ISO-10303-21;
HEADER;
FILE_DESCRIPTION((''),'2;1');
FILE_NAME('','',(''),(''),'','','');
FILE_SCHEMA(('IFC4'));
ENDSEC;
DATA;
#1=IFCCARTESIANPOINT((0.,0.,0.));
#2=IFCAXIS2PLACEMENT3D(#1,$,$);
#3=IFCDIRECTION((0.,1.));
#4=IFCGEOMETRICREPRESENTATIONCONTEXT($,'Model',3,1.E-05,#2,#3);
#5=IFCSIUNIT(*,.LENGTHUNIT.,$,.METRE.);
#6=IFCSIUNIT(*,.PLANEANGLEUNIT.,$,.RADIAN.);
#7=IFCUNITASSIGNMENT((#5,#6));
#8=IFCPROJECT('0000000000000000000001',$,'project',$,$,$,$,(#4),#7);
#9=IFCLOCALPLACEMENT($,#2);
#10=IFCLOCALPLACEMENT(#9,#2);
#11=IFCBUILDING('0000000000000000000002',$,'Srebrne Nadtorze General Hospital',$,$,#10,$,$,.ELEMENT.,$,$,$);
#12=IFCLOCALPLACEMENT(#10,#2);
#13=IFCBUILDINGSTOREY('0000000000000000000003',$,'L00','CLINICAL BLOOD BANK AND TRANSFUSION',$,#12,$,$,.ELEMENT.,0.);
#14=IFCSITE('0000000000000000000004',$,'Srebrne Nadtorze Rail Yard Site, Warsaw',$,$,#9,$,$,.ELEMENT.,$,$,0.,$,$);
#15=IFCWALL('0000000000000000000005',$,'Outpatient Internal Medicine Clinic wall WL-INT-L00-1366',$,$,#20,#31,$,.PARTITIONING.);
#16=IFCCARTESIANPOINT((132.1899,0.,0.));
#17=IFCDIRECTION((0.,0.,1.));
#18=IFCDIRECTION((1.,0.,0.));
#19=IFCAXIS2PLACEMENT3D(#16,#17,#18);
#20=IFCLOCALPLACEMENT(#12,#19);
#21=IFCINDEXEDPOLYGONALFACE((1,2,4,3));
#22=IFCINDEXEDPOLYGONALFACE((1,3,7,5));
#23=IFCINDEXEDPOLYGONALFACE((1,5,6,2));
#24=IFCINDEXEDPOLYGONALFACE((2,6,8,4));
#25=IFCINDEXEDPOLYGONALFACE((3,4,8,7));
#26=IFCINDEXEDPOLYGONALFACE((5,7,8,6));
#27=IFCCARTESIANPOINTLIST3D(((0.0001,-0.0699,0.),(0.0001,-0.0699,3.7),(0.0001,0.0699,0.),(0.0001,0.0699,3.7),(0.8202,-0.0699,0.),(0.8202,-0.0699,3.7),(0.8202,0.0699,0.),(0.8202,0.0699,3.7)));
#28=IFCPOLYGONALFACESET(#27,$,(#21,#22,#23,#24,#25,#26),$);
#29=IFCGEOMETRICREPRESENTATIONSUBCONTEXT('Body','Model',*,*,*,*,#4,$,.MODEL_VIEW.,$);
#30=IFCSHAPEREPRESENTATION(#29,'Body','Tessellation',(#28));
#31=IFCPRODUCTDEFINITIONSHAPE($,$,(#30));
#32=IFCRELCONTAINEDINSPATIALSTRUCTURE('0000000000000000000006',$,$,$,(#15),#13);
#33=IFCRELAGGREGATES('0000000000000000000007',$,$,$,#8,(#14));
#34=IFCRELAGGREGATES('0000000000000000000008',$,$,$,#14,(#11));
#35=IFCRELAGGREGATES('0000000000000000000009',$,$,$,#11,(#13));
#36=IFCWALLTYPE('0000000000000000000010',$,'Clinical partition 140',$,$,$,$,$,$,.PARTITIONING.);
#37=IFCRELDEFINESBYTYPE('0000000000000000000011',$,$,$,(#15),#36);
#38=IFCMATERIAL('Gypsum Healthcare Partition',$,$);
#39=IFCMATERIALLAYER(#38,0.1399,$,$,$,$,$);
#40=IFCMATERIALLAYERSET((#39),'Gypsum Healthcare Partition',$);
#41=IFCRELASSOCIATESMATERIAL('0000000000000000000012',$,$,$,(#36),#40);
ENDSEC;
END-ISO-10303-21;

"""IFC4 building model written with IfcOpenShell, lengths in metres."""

from ifc_helpers import new_model, si_unit, direction, frame, frame_2d, origin, place, context, subcontext, project, spatial, rectangle, extrude, material, layer, layer_set, type_object, element, save


model = new_model("IFC4")

# Units and contexts
model_context = context("Model", 3, precision=1e-05, world=origin(), true_north=direction((0.0, 1.0)))
body_context = subcontext(model_context, "Body", "Model", "MODEL_VIEW")
ifc_project = project(units=[si_unit("LENGTHUNIT", "METRE"), si_unit("PLANEANGLEUNIT", "RADIAN")], contexts=[model_context])

# Site, building, storey
site_placement = place(None, origin())
site = spatial("IfcSite", under=ifc_project, at=site_placement, Name="Srebrne Nadtorze Rail Yard Site, Warsaw", CompositionType="ELEMENT", RefElevation=0.0)
building_placement = place(site_placement, origin())
building = spatial("IfcBuilding", under=site, at=building_placement, Name="Srebrne Nadtorze General Hospital", CompositionType="ELEMENT")
storey_placement = place(building_placement, origin())
storey = spatial("IfcBuildingStorey", under=building, at=storey_placement, Name="L00", Description="CLINICAL BLOOD BANK AND TRANSFUSION", CompositionType="ELEMENT", Elevation=0.0)

# Shared definitions
ifc_material_1 = material(Name="Gypsum Healthcare Partition")
ifc_layer_1 = layer(ifc_material_1, 0.1399)
ifc_layer_set_1 = layer_set([ifc_layer_1], Name="Gypsum Healthcare Partition")
wall_type = type_object("IfcWallType", Name="Clinical partition 140", PredefinedType="PARTITIONING", material=ifc_layer_set_1)

# Wall
wall_1_placement = place(storey_placement, frame((132.1899, 0.0, 0.0), z_axis=(0.0, 0.0, 1.0), x_axis=(1.0, 0.0, 0.0)))
element("IfcWall", 1, at=wall_1_placement, inside=storey, type_object=wall_type, Name="Outpatient Internal Medicine Clinic wall WL-INT-L00-1366", PredefinedType="PARTITIONING", context=body_context, shape_type="SweptSolid", body=[
    extrude(rectangle(XDim=0.8201, YDim=0.1399, at=frame_2d((0.4102, 0.0))), origin(), (0.0, 0.0, 1.0), 3.7),
])

save(model, "model.ifc")
